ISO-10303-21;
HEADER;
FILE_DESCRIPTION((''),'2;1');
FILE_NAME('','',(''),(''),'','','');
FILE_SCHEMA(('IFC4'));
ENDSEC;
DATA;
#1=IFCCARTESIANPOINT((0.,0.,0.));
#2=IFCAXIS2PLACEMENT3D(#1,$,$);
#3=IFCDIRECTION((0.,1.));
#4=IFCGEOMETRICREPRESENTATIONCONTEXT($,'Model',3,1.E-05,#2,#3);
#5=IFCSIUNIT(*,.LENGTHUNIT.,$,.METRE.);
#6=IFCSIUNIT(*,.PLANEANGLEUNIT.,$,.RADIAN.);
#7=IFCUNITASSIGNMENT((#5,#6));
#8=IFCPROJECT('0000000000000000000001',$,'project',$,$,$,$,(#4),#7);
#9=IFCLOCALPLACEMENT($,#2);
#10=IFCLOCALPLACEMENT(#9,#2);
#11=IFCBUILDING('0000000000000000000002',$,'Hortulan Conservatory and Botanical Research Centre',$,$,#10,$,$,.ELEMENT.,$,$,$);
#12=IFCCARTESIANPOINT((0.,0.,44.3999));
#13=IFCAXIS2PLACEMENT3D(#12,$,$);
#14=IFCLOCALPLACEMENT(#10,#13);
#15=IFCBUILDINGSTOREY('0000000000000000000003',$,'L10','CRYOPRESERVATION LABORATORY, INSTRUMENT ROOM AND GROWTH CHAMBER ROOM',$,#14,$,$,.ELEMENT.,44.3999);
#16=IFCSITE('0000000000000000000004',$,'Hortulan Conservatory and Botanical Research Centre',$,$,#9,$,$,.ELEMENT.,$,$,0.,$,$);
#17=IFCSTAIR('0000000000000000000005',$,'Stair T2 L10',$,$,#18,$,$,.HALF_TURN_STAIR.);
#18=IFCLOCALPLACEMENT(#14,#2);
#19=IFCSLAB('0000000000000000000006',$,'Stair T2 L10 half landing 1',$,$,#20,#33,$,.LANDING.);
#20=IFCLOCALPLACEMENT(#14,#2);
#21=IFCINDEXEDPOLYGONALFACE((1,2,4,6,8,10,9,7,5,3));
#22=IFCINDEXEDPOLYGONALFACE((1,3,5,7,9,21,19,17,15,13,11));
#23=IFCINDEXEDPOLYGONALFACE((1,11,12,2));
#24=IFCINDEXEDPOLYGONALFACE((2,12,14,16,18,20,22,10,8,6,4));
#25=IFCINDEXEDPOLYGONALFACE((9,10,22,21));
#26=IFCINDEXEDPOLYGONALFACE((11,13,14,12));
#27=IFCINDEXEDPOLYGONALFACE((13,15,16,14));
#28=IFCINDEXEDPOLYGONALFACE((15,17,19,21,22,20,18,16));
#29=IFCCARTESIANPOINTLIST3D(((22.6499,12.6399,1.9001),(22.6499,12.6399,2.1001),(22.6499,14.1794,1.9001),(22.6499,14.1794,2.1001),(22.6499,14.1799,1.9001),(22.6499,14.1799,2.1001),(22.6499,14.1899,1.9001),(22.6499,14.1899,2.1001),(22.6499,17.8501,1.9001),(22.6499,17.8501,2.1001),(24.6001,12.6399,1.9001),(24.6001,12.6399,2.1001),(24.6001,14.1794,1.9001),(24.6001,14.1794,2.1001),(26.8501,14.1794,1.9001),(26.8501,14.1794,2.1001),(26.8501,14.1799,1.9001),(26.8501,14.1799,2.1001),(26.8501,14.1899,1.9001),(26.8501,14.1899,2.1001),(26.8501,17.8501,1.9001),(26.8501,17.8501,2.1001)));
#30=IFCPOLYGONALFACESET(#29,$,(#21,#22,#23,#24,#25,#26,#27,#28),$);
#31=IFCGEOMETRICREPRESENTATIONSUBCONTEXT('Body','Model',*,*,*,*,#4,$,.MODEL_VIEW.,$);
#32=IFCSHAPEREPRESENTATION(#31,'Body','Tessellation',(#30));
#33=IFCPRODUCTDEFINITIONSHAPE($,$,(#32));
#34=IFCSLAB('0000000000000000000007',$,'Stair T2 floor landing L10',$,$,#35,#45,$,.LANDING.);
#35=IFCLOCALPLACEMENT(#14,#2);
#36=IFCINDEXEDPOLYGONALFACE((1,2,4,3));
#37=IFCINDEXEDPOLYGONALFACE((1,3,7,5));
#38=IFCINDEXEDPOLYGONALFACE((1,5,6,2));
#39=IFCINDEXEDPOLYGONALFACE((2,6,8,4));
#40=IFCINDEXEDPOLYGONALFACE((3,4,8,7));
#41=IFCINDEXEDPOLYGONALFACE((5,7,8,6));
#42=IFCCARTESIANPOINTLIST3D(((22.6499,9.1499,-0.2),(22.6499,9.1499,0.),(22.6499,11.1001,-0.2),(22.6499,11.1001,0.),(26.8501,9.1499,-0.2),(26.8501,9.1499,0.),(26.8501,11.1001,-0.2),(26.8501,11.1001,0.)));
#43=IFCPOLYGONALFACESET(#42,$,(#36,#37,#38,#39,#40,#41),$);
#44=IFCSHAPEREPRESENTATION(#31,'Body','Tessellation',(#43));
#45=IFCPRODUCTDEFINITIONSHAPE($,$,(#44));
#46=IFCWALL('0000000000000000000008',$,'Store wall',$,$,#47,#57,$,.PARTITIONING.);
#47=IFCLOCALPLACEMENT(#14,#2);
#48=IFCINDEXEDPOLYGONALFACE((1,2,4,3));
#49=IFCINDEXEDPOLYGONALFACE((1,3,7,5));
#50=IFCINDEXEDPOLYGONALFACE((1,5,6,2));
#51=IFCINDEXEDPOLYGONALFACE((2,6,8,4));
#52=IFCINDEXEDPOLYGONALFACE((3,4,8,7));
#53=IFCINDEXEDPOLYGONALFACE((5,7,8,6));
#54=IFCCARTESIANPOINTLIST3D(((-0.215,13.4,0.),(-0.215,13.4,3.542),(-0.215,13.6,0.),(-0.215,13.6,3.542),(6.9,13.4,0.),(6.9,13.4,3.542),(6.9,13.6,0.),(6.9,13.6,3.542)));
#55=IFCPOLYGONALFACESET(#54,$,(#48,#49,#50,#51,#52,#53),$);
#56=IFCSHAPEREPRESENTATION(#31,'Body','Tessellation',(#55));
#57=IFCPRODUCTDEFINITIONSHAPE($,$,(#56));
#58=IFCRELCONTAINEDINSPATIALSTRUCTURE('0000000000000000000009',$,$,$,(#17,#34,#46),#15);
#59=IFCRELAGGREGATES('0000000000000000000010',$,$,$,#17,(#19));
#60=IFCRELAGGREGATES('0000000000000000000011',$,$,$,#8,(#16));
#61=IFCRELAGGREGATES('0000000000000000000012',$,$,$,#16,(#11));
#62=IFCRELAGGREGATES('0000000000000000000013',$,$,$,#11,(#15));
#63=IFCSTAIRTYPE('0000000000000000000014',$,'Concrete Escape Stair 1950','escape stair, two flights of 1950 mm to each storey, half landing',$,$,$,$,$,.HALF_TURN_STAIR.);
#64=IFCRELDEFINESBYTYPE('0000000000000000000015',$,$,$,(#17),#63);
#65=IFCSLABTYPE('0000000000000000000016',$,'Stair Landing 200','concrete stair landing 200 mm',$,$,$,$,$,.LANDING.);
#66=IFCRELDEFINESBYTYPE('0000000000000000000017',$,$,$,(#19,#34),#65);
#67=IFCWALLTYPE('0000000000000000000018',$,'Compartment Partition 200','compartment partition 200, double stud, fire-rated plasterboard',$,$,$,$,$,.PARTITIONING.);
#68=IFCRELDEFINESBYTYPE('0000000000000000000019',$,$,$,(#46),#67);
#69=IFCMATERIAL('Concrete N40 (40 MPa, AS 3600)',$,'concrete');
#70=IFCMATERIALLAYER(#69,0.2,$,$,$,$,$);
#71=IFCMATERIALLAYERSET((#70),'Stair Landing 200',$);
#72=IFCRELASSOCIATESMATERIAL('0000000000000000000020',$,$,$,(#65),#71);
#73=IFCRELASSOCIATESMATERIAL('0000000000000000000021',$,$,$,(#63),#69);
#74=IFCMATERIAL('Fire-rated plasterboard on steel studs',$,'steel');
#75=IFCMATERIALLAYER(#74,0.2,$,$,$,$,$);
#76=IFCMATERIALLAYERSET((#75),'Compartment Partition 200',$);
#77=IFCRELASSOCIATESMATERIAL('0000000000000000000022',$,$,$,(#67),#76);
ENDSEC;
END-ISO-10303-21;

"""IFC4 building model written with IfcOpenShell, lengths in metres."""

from ifc_helpers import new_model, si_unit, direction, frame, frame_2d, origin, place, context, subcontext, project, spatial, polyline, rectangle, outline, extrude, material, layer, layer_set, type_object, element, aggregate, save


model = new_model("IFC4")

# Units and contexts
model_context = context("Model", 3, precision=1e-05, world=origin(), true_north=direction((0.0, 1.0)))
body_context = subcontext(model_context, "Body", "Model", "MODEL_VIEW")
ifc_project = project(units=[si_unit("LENGTHUNIT", "METRE"), si_unit("PLANEANGLEUNIT", "RADIAN")], contexts=[model_context])

# Site, building, storey
site_placement = place(None, origin())
site = spatial("IfcSite", under=ifc_project, at=site_placement, Name="Hortulan Conservatory and Botanical Research Centre", CompositionType="ELEMENT", RefElevation=0.0)
building_placement = place(site_placement, origin())
building = spatial("IfcBuilding", under=site, at=building_placement, Name="Hortulan Conservatory and Botanical Research Centre", CompositionType="ELEMENT")
storey_placement = place(building_placement, frame((0.0, 0.0, 44.3999)))
storey = spatial("IfcBuildingStorey", under=building, at=storey_placement, Name="L10", Description="CRYOPRESERVATION LABORATORY, INSTRUMENT ROOM AND GROWTH CHAMBER ROOM", CompositionType="ELEMENT", Elevation=44.3999)

# Shared definitions
ifc_material_1 = material(Name="Concrete N40 (40 MPa, AS 3600)", Category="concrete")
ifc_layer_1 = layer(ifc_material_1, 0.2)
ifc_layer_set_1 = layer_set([ifc_layer_1], Name="Stair Landing 200")
slab_type_1 = type_object("IfcSlabType", Name="Stair Landing 200", Description="concrete stair landing 200 mm", PredefinedType="LANDING", material=ifc_layer_set_1)

# Stair, slab
stair_type_1 = type_object("IfcStairType", Name="Concrete Escape Stair 1950", Description="escape stair, two flights of 1950 mm to each storey, half landing", PredefinedType="HALF_TURN_STAIR", material=ifc_material_1)
stair_1_placement = place(storey_placement, origin())
stair_1 = element("IfcStair", 1, at=stair_1_placement, inside=storey, type_object=stair_type_1, Name="Stair T2 L10", PredefinedType="HALF_TURN_STAIR")
slab_1_placement = place(storey_placement, frame((0.0, 0.0, 1.9001)))
slab_1 = element("IfcSlab", 2, at=slab_1_placement, type_object=slab_type_1, Name="Stair T2 L10 half landing 1", PredefinedType="LANDING", context=body_context, shape_type="SweptSolid", body=[
    extrude(outline(polyline([(26.8501, 14.1794), (24.6001, 14.1794), (24.6001, 12.6399), (22.6499, 12.6399), (22.6499, 14.1794), (22.6499, 14.1799), (22.6499, 14.1899), (22.6499, 17.8501), (26.8501, 17.8501), (26.8501, 14.1899), (26.8501, 14.1799), (26.8501, 14.1794)])), origin(), (0.0, 0.0, 1.0), 0.2),
])
aggregate(stair_1, [slab_1])

# Slab
slab_2_placement = place(storey_placement, frame((0.0, 0.0, -0.2)))
element("IfcSlab", 3, at=slab_2_placement, inside=storey, type_object=slab_type_1, Name="Stair T2 floor landing L10", PredefinedType="LANDING", context=body_context, shape_type="SweptSolid", body=[
    extrude(outline(polyline([(26.8501, 9.1499), (22.6499, 9.1499), (22.6499, 11.1001), (26.8501, 11.1001), (26.8501, 9.1499)])), origin(), (0.0, 0.0, 1.0), 0.2),
])

# Wall
ifc_material_2 = material(Name="Fire-rated plasterboard on steel studs", Category="steel")
ifc_layer_2 = layer(ifc_material_2, 0.2)
ifc_layer_set_2 = layer_set([ifc_layer_2], Name="Compartment Partition 200")
wall_type_1 = type_object("IfcWallType", Name="Compartment Partition 200", Description="compartment partition 200, double stud, fire-rated plasterboard", PredefinedType="PARTITIONING", material=ifc_layer_set_2)
wall_1_placement = place(storey_placement, frame((-0.2151, 13.5, 0.0), z_axis=(0.0, 0.0, 1.0), x_axis=(1.0, 0.0, 0.0)))
element("IfcWall", 4, at=wall_1_placement, inside=storey, type_object=wall_type_1, Name="Store wall", PredefinedType="PARTITIONING", context=body_context, shape_type="SweptSolid", body=[
    extrude(rectangle(XDim=7.115, YDim=0.2, at=frame_2d((3.5576, 0.0))), origin(), (0.0, 0.0, 1.0), 3.542),
])

save(model, "model.ifc")
